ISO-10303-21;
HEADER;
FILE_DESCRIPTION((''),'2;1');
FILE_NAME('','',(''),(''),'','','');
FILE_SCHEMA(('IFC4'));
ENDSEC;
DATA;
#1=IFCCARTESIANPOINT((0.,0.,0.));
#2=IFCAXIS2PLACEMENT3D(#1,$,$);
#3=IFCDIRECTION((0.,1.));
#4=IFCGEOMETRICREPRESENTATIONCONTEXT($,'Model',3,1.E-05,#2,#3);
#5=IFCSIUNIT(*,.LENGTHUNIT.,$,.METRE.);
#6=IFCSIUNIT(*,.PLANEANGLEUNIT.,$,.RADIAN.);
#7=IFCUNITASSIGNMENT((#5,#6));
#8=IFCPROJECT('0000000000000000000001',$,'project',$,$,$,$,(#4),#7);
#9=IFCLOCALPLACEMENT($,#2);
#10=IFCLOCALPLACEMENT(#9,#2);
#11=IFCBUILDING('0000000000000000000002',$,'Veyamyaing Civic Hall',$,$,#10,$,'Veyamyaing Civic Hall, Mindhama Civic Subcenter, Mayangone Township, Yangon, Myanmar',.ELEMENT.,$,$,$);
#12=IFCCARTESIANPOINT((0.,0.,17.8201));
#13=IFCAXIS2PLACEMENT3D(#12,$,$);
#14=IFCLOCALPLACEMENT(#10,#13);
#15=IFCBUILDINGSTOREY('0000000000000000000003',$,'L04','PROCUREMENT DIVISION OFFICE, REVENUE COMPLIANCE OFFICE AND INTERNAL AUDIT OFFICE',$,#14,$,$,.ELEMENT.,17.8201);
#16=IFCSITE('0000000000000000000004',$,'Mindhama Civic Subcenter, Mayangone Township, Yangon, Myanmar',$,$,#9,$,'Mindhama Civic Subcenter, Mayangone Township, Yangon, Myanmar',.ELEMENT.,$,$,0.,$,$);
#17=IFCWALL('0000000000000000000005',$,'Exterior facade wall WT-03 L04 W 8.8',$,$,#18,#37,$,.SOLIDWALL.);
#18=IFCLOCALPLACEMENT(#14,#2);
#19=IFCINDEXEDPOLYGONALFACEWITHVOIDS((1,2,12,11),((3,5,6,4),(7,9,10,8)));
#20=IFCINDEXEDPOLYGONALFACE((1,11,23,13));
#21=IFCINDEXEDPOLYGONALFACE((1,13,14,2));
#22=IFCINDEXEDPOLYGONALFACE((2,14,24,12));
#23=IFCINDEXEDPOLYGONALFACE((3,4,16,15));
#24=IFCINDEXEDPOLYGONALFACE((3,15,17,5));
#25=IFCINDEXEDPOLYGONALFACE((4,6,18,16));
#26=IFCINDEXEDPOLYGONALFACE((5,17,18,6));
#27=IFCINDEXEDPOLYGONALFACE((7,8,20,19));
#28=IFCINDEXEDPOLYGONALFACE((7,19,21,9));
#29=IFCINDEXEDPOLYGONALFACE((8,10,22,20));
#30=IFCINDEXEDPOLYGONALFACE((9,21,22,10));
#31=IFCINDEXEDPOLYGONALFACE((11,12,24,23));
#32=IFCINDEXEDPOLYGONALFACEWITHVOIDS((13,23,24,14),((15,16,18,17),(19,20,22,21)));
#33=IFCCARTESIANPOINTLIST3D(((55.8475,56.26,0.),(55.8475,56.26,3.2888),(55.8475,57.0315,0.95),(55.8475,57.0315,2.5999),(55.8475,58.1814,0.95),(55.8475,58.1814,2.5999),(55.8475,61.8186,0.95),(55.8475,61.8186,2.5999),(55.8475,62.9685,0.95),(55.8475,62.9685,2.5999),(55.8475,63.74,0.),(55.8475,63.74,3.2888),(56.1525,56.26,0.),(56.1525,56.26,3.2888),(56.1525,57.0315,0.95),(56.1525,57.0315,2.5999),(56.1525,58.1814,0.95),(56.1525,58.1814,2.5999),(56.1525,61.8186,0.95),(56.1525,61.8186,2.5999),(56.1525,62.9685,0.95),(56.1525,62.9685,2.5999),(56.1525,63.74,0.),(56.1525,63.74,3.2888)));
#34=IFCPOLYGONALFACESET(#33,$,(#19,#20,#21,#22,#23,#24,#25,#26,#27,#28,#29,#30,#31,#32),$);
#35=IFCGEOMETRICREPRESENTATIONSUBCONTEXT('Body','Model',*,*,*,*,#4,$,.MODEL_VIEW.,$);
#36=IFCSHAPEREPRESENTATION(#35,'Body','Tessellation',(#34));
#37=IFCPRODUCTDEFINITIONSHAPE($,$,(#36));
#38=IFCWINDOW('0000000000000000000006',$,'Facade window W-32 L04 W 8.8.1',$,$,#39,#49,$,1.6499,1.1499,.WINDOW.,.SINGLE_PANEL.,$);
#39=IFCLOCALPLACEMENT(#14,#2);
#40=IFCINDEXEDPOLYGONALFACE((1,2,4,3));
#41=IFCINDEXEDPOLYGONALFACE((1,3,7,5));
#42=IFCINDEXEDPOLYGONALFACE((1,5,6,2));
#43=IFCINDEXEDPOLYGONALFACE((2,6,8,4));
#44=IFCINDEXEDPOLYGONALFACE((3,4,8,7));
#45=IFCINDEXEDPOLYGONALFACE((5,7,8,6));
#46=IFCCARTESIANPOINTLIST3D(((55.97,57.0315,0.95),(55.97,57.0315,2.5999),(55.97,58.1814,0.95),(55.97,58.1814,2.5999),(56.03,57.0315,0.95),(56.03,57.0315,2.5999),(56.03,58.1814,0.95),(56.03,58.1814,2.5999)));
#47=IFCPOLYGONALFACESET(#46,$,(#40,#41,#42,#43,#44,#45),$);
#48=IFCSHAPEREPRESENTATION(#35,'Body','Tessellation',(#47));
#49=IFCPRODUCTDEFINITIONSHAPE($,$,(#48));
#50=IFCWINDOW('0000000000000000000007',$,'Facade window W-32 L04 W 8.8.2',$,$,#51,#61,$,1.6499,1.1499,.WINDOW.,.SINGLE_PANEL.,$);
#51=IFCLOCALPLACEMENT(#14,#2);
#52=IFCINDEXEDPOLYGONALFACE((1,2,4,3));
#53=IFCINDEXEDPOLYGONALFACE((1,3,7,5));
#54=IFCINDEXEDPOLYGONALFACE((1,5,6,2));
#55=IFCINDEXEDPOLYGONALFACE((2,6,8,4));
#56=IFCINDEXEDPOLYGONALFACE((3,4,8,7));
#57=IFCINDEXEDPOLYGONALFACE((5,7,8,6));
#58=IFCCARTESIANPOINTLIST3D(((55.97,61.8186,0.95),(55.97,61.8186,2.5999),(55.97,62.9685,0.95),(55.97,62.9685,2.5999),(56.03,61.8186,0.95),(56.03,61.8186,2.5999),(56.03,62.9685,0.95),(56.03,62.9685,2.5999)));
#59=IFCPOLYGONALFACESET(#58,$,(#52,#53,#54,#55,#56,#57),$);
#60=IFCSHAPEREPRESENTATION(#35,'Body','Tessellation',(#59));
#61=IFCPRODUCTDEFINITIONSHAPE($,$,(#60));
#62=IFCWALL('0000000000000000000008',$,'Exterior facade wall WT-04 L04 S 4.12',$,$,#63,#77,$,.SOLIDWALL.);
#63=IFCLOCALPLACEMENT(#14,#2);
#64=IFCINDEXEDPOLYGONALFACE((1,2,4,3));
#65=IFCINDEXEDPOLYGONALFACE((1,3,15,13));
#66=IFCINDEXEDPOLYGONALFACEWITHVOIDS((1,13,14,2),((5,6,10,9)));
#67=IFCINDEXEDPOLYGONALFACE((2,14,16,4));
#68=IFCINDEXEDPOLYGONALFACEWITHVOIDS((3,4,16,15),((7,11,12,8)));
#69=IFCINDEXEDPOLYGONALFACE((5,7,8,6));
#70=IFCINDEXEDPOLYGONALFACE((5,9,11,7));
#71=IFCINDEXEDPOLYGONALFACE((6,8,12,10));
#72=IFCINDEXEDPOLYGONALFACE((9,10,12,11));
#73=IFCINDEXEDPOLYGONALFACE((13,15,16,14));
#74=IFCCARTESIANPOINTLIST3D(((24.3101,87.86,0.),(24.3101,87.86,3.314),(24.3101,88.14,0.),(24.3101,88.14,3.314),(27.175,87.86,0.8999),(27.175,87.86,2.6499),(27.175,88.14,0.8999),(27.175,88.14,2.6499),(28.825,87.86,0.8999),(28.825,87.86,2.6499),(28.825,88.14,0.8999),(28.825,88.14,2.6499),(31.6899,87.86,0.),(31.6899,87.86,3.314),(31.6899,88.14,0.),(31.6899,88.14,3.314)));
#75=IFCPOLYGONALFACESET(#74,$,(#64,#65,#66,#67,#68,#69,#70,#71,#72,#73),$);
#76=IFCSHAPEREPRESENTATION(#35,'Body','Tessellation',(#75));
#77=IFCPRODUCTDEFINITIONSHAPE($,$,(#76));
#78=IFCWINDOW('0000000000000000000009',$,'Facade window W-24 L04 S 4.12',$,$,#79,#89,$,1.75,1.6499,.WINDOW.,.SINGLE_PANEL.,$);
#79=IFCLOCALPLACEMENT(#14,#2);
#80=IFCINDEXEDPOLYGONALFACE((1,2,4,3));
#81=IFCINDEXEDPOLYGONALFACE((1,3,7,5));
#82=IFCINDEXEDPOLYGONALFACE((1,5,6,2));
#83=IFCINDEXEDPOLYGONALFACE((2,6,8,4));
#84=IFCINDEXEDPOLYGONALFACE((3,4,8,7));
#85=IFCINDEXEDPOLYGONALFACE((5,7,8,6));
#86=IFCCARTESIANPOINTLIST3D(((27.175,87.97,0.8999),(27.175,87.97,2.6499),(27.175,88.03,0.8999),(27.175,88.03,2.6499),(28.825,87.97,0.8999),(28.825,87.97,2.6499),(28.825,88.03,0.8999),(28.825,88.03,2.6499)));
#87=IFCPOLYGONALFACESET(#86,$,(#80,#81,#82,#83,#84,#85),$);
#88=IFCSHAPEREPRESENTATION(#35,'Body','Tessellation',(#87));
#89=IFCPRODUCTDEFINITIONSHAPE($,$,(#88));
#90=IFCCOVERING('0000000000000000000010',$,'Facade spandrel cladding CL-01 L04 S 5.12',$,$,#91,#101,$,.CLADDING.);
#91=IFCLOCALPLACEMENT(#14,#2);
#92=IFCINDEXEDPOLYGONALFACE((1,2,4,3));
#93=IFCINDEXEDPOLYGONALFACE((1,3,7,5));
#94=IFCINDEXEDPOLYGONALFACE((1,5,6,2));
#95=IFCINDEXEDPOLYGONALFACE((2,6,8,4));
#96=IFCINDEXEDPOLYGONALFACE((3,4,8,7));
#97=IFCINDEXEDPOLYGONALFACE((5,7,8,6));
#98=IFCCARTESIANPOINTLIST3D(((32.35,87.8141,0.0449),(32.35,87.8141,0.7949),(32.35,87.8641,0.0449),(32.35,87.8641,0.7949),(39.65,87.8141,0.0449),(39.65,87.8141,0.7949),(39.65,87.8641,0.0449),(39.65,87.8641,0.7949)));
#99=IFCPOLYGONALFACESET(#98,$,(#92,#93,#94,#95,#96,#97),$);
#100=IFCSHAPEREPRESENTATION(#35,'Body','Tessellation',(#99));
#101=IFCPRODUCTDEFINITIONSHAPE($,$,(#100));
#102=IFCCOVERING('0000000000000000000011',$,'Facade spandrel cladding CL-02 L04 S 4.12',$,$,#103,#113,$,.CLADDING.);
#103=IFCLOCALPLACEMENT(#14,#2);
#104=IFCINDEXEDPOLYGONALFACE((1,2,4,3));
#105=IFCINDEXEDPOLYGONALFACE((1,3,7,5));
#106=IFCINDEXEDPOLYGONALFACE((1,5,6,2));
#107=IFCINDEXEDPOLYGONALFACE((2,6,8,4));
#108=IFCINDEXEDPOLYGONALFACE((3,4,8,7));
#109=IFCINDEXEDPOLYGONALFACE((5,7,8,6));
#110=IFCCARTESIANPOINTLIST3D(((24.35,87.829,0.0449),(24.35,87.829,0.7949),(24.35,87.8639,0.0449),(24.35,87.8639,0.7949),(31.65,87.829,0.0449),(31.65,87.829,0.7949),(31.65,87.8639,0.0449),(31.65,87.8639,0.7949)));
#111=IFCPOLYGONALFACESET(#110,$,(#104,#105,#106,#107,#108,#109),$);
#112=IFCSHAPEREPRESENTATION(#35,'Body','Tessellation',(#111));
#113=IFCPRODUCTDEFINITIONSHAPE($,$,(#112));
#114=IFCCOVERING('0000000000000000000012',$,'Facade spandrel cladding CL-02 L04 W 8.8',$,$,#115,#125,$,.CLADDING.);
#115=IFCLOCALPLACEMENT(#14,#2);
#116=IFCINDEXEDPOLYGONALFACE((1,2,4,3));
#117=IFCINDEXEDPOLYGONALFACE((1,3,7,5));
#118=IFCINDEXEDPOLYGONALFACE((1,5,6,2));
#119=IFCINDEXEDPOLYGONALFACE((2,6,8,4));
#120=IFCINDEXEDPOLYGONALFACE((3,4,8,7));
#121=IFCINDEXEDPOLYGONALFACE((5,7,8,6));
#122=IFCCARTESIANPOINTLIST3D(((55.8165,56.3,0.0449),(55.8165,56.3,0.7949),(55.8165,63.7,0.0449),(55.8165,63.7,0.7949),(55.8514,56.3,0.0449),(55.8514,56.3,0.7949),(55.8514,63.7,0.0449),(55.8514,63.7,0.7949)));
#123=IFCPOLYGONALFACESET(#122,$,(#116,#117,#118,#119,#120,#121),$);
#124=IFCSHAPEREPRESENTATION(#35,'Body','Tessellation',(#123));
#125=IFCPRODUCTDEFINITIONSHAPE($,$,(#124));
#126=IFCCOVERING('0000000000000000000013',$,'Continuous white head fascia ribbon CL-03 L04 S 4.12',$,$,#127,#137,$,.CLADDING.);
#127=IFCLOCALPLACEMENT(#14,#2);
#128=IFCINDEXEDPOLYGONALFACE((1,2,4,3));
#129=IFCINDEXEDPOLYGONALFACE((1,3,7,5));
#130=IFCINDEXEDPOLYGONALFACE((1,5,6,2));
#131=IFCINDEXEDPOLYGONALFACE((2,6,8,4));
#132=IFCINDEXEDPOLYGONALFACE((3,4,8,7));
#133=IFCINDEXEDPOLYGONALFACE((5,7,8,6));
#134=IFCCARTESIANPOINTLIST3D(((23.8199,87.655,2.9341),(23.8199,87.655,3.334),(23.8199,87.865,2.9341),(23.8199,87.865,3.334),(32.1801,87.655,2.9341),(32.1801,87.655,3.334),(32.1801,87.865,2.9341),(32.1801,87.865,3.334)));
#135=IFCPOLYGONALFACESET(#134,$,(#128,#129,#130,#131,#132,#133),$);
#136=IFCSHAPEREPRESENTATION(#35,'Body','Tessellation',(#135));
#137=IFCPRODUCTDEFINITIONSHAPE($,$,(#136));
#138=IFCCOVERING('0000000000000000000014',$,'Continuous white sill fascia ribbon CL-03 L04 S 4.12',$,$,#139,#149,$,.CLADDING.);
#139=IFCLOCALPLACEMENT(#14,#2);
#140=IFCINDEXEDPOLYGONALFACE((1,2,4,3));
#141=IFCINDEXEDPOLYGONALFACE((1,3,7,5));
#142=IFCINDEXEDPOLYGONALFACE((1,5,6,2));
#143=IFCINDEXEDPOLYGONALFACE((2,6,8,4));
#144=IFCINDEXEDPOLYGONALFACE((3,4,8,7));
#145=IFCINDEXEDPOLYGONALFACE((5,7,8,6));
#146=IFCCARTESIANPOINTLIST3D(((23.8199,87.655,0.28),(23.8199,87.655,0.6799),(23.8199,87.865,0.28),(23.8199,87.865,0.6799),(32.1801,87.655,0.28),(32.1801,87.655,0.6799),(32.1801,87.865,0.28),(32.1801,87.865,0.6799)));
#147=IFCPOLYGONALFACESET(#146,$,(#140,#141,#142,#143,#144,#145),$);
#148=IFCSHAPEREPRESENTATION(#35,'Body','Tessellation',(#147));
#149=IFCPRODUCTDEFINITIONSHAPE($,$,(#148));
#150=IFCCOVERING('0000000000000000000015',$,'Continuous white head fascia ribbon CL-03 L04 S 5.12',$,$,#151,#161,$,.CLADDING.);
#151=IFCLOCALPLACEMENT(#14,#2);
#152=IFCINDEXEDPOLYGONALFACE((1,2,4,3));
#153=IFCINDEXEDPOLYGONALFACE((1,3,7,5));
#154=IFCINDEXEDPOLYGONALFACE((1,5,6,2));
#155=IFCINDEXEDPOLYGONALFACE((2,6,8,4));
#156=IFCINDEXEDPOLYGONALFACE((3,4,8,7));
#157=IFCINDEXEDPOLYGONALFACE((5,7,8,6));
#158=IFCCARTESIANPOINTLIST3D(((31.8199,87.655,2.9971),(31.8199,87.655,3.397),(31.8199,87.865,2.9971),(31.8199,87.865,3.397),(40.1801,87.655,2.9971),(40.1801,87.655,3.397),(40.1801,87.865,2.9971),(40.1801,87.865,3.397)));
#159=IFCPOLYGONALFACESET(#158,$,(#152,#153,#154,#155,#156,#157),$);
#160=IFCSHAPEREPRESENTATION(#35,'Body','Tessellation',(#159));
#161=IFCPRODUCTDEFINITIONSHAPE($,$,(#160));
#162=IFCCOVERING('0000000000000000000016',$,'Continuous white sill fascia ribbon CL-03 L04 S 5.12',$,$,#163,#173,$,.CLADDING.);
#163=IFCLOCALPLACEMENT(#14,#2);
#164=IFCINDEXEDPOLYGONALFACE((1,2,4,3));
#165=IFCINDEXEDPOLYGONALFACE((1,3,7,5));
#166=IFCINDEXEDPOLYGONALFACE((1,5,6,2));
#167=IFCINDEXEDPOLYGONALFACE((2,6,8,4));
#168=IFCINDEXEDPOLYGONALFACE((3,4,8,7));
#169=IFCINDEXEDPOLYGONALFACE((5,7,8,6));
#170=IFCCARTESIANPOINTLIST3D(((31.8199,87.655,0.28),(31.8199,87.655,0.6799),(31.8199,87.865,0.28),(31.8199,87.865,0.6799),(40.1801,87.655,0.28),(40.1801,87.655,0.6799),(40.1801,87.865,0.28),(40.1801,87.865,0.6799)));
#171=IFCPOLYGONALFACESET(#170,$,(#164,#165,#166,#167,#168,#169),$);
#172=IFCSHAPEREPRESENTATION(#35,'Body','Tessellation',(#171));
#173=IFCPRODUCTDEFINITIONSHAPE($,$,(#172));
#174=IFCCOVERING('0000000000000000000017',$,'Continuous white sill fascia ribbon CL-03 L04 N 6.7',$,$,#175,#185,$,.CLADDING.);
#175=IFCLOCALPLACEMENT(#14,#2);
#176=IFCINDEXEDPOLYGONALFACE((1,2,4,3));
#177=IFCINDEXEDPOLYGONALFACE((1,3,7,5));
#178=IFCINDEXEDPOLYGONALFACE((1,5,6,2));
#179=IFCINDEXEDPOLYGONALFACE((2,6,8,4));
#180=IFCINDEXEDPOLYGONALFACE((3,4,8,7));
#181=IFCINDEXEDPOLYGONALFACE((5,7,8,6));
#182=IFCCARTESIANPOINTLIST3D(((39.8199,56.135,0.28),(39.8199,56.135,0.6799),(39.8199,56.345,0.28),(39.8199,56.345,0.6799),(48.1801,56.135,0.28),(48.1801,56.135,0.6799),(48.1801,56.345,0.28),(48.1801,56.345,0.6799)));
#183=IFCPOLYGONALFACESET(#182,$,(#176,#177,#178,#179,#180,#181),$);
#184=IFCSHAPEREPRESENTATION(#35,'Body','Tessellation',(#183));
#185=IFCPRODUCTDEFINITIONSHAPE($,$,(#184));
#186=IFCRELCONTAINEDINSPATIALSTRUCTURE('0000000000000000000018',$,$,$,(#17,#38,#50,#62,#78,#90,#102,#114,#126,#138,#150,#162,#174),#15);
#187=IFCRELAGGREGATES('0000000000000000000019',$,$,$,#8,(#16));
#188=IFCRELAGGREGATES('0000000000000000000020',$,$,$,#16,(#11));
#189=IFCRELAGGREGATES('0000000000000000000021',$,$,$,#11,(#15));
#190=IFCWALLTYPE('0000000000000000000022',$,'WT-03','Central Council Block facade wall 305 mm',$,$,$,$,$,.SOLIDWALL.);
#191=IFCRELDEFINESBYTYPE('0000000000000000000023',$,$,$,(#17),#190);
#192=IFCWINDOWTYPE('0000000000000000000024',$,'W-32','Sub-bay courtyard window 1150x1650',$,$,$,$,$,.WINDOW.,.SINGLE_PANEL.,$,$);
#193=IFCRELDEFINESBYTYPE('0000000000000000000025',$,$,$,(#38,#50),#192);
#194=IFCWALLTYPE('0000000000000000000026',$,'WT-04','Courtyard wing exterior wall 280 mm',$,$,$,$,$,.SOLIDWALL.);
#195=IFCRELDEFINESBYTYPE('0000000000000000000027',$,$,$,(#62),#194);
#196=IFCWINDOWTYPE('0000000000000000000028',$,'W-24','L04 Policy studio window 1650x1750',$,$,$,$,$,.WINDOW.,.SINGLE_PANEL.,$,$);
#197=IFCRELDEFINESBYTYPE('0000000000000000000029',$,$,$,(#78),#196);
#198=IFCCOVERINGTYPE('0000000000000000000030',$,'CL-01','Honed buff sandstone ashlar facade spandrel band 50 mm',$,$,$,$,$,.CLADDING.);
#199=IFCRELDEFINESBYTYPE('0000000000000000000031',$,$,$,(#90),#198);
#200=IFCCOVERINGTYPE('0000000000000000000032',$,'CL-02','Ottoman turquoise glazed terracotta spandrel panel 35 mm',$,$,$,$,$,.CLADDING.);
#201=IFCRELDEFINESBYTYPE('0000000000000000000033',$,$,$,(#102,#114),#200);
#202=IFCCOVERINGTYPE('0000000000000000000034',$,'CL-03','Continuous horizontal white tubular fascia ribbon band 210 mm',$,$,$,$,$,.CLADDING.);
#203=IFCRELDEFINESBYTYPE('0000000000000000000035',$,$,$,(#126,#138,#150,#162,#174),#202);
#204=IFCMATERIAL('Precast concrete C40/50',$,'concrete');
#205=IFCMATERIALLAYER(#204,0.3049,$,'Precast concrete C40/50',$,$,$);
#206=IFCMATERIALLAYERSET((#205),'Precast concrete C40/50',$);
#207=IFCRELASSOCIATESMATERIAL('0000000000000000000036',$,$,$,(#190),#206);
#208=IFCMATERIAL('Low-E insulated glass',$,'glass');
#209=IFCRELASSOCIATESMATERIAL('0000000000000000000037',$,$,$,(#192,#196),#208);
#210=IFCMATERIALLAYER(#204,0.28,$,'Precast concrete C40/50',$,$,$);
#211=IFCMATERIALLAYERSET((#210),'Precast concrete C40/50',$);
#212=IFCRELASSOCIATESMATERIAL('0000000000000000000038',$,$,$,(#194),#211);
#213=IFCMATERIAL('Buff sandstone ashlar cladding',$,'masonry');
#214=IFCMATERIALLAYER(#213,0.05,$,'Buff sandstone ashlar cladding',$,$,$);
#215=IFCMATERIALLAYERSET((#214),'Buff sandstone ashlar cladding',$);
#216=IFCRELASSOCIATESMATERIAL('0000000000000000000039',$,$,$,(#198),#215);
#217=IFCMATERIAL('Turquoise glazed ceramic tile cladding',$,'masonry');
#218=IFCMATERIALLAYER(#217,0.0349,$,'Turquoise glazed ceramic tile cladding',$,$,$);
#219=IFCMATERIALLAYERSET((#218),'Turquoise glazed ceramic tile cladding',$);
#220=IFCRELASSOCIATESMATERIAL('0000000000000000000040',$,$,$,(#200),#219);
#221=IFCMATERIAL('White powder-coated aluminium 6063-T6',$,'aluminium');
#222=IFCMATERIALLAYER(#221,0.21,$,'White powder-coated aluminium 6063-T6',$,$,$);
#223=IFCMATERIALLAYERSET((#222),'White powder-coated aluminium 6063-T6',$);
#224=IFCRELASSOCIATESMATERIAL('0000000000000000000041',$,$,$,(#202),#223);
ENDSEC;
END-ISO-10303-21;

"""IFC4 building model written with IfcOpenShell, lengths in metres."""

from ifc_helpers import new_model, si_unit, direction, frame, frame_2d, origin, origin_2d, place, context, subcontext, project, spatial, rectangle, extrude, material, layer, layer_set, type_object, element, fill, save


model = new_model("IFC4")

# Units and contexts
model_context = context("Model", 3, precision=1e-05, world=origin(), true_north=direction((0.0, 1.0)))
body_context = subcontext(model_context, "Body", "Model", "MODEL_VIEW")
ifc_project = project(units=[si_unit("LENGTHUNIT", "METRE"), si_unit("PLANEANGLEUNIT", "RADIAN")], contexts=[model_context])

# Site, building, storey
site_placement = place(None, origin())
site = spatial("IfcSite", under=ifc_project, at=site_placement, Name="Mindhama Civic Subcenter, Mayangone Township, Yangon, Myanmar", LongName="Mindhama Civic Subcenter, Mayangone Township, Yangon, Myanmar", CompositionType="ELEMENT", RefElevation=0.0)
building_placement = place(site_placement, origin())
building = spatial("IfcBuilding", under=site, at=building_placement, Name="Veyamyaing Civic Hall", LongName="Veyamyaing Civic Hall, Mindhama Civic Subcenter, Mayangone Township, Yangon, Myanmar", CompositionType="ELEMENT")
storey_placement = place(building_placement, frame((0.0, 0.0, 17.8201)))
storey = spatial("IfcBuildingStorey", under=building, at=storey_placement, Name="L04", Description="PROCUREMENT DIVISION OFFICE, REVENUE COMPLIANCE OFFICE AND INTERNAL AUDIT OFFICE", CompositionType="ELEMENT", Elevation=17.8201)

# Wall, openings, windows
ifc_material_1 = material(Name="Precast concrete C40/50", Category="concrete")
ifc_layer_1 = layer(ifc_material_1, 0.3049, Name="Precast concrete C40/50")
ifc_layer_set_1 = layer_set([ifc_layer_1], Name="Precast concrete C40/50")
wall_type_1 = type_object("IfcWallType", Name="WT-03", Description="Central Council Block facade wall 305 mm", PredefinedType="SOLIDWALL", material=ifc_layer_set_1)
wall_1_placement = place(storey_placement, frame((56.0, 56.26, 0.0), z_axis=(0.0, 0.0, 1.0), x_axis=(0.0, 1.0, 0.0)))
wall_1 = element("IfcWall", 1, at=wall_1_placement, inside=storey, type_object=wall_type_1, Name="Exterior facade wall WT-03 L04 W 8.8", PredefinedType="SOLIDWALL", context=body_context, shape_type="SweptSolid", body=[
    extrude(rectangle(XDim=7.48, YDim=0.3049, at=frame_2d((3.74, 0.0))), origin(), (0.0, 0.0, 1.0), 3.2888),
])
opening_1_placement = place(wall_1_placement, frame((0.7715, 0.0, 0.95)))
opening_1 = element("IfcOpeningElement", 2, at=opening_1_placement, cuts=wall_1, PredefinedType="OPENING", context=body_context, shape_type="SweptSolid", body=[
    extrude(rectangle(XDim=1.1499, YDim=1.6499, at=frame_2d((0.575, 0.825))), frame((0.0, 0.1624, 0.0), z_axis=(0.0, -1.0, 0.0), x_axis=(1.0, 0.0, 0.0)), (0.0, 0.0, 1.0), 0.325),
])
opening_2_placement = place(wall_1_placement, frame((5.5586, 0.0, 0.95)))
opening_2 = element("IfcOpeningElement", 3, at=opening_2_placement, cuts=wall_1, PredefinedType="OPENING", context=body_context, shape_type="SweptSolid", body=[
    extrude(rectangle(XDim=1.1499, YDim=1.6499, at=frame_2d((0.575, 0.825))), frame((0.0, 0.1624, 0.0), z_axis=(0.0, -1.0, 0.0), x_axis=(1.0, 0.0, 0.0)), (0.0, 0.0, 1.0), 0.325),
])
ifc_material_2 = material(Name="Low-E insulated glass", Category="glass")
window_type_1 = type_object("IfcWindowType", Name="W-32", Description="Sub-bay courtyard window 1150x1650", PartitioningType="SINGLE_PANEL", PredefinedType="WINDOW", material=ifc_material_2)
window_1_placement = place(opening_1_placement, origin())
window_1 = element("IfcWindow", 4, at=window_1_placement, inside=storey, type_object=window_type_1, Name="Facade window W-32 L04 W 8.8.1", OverallHeight=1.6499, OverallWidth=1.1499, PartitioningType="SINGLE_PANEL", PredefinedType="WINDOW", context=body_context, shape_type="SweptSolid", body=[
    extrude(rectangle(XDim=1.1499, YDim=1.6499, at=frame_2d((0.575, 0.825))), frame((0.0, 0.03, 0.0), z_axis=(0.0, -1.0, 0.0), x_axis=(1.0, 0.0, 0.0)), (0.0, 0.0, 1.0), 0.0601),
])
fill(opening_1, window_1)
window_2_placement = place(opening_2_placement, origin())
window_2 = element("IfcWindow", 5, at=window_2_placement, inside=storey, type_object=window_type_1, Name="Facade window W-32 L04 W 8.8.2", OverallHeight=1.6499, OverallWidth=1.1499, PartitioningType="SINGLE_PANEL", PredefinedType="WINDOW", context=body_context, shape_type="SweptSolid", body=[
    extrude(rectangle(XDim=1.1499, YDim=1.6499, at=frame_2d((0.575, 0.825))), frame((0.0, 0.03, 0.0), z_axis=(0.0, -1.0, 0.0), x_axis=(1.0, 0.0, 0.0)), (0.0, 0.0, 1.0), 0.0601),
])
fill(opening_2, window_2)

# Wall, opening, window
ifc_layer_2 = layer(ifc_material_1, 0.28, Name="Precast concrete C40/50")
ifc_layer_set_2 = layer_set([ifc_layer_2], Name="Precast concrete C40/50")
wall_type_2 = type_object("IfcWallType", Name="WT-04", Description="Courtyard wing exterior wall 280 mm", PredefinedType="SOLIDWALL", material=ifc_layer_set_2)
wall_2_placement = place(storey_placement, frame((24.3101, 88.0, 0.0), z_axis=(0.0, 0.0, 1.0), x_axis=(1.0, 0.0, 0.0)))
wall_2 = element("IfcWall", 6, at=wall_2_placement, inside=storey, type_object=wall_type_2, Name="Exterior facade wall WT-04 L04 S 4.12", PredefinedType="SOLIDWALL", context=body_context, shape_type="SweptSolid", body=[
    extrude(rectangle(XDim=7.3799, YDim=0.28, at=frame_2d((3.6899, 0.0))), origin(), (0.0, 0.0, 1.0), 3.314),
])
opening_3_placement = place(wall_2_placement, frame((2.865, 0.0, 0.8999)))
opening_3 = element("IfcOpeningElement", 7, at=opening_3_placement, cuts=wall_2, PredefinedType="OPENING", context=body_context, shape_type="SweptSolid", body=[
    extrude(rectangle(XDim=1.6499, YDim=1.75, at=frame_2d((0.825, 0.875))), frame((0.0, 0.1499, 0.0), z_axis=(0.0, -1.0, 0.0), x_axis=(1.0, 0.0, 0.0)), (0.0, 0.0, 1.0), 0.3),
])
window_type_2 = type_object("IfcWindowType", Name="W-24", Description="L04 Policy studio window 1650x1750", PartitioningType="SINGLE_PANEL", PredefinedType="WINDOW", material=ifc_material_2)
window_3_placement = place(opening_3_placement, origin())
window_3 = element("IfcWindow", 8, at=window_3_placement, inside=storey, type_object=window_type_2, Name="Facade window W-24 L04 S 4.12", OverallHeight=1.75, OverallWidth=1.6499, PartitioningType="SINGLE_PANEL", PredefinedType="WINDOW", context=body_context, shape_type="SweptSolid", body=[
    extrude(rectangle(XDim=1.6499, YDim=1.75, at=frame_2d((0.825, 0.875))), frame((0.0, 0.03, 0.0), z_axis=(0.0, -1.0, 0.0), x_axis=(1.0, 0.0, 0.0)), (0.0, 0.0, 1.0), 0.0601),
])
fill(opening_3, window_3)

# Coverings
ifc_material_3 = material(Name="Buff sandstone ashlar cladding", Category="masonry")
ifc_layer_3 = layer(ifc_material_3, 0.05, Name="Buff sandstone ashlar cladding")
ifc_layer_set_3 = layer_set([ifc_layer_3], Name="Buff sandstone ashlar cladding")
covering_type_1 = type_object("IfcCoveringType", Name="CL-01", Description="Honed buff sandstone ashlar facade spandrel band 50 mm", PredefinedType="CLADDING", material=ifc_layer_set_3)
covering_1_placement = place(storey_placement, frame((36.0, 87.8391, 0.0449), z_axis=(0.0, 0.0, 1.0), x_axis=(1.0, 0.0, 0.0)))
element("IfcCovering", 9, at=covering_1_placement, inside=storey, type_object=covering_type_1, Name="Facade spandrel cladding CL-01 L04 S 5.12", PredefinedType="CLADDING", context=body_context, shape_type="SweptSolid", body=[
    extrude(rectangle(XDim=7.3, YDim=0.05, at=origin_2d()), origin(), (0.0, 0.0, 1.0), 0.75),
])
ifc_material_4 = material(Name="Turquoise glazed ceramic tile cladding", Category="masonry")
ifc_layer_4 = layer(ifc_material_4, 0.0349, Name="Turquoise glazed ceramic tile cladding")
ifc_layer_set_4 = layer_set([ifc_layer_4], Name="Turquoise glazed ceramic tile cladding")
covering_type_2 = type_object("IfcCoveringType", Name="CL-02", Description="Ottoman turquoise glazed terracotta spandrel panel 35 mm", PredefinedType="CLADDING", material=ifc_layer_set_4)
covering_2_placement = place(storey_placement, frame((28.0, 87.8464, 0.0449), z_axis=(0.0, 0.0, 1.0), x_axis=(1.0, 0.0, 0.0)))
element("IfcCovering", 10, at=covering_2_placement, inside=storey, type_object=covering_type_2, Name="Facade spandrel cladding CL-02 L04 S 4.12", PredefinedType="CLADDING", context=body_context, shape_type="SweptSolid", body=[
    extrude(rectangle(XDim=7.3, YDim=0.0349, at=origin_2d()), origin(), (0.0, 0.0, 1.0), 0.75),
])
covering_3_placement = place(storey_placement, frame((55.834, 60.0, 0.0449), z_axis=(0.0, 0.0, 1.0), x_axis=(0.0, 1.0, 0.0)))
element("IfcCovering", 11, at=covering_3_placement, inside=storey, type_object=covering_type_2, Name="Facade spandrel cladding CL-02 L04 W 8.8", PredefinedType="CLADDING", context=body_context, shape_type="SweptSolid", body=[
    extrude(rectangle(XDim=7.3999, YDim=0.0349, at=origin_2d()), origin(), (0.0, 0.0, 1.0), 0.75),
])
ifc_material_5 = material(Name="White powder-coated aluminium 6063-T6", Category="aluminium")
ifc_layer_5 = layer(ifc_material_5, 0.21, Name="White powder-coated aluminium 6063-T6")
ifc_layer_set_5 = layer_set([ifc_layer_5], Name="White powder-coated aluminium 6063-T6")
covering_type_3 = type_object("IfcCoveringType", Name="CL-03", Description="Continuous horizontal white tubular fascia ribbon band 210 mm", PredefinedType="CLADDING", material=ifc_layer_set_5)
for number, where, z_axis, x_axis, name in (
    (12, (28.0, 87.76, 2.9341), (0.0, 0.0, 1.0), (1.0, 0.0, 0.0), "Continuous white head fascia ribbon CL-03 L04 S 4.12"),
    (13, (28.0, 87.76, 0.28), (0.0, 0.0, 1.0), (1.0, 0.0, 0.0), "Continuous white sill fascia ribbon CL-03 L04 S 4.12"),
    (14, (36.0, 87.76, 2.9971), (0.0, 0.0, 1.0), (1.0, 0.0, 0.0), "Continuous white head fascia ribbon CL-03 L04 S 5.12"),
    (15, (36.0, 87.76, 0.28), (0.0, 0.0, 1.0), (1.0, 0.0, 0.0), "Continuous white sill fascia ribbon CL-03 L04 S 5.12"),
    (16, (44.0, 56.24, 0.28), (0.0, 0.0, 1.0), (1.0, 0.0, 0.0), "Continuous white sill fascia ribbon CL-03 L04 N 6.7"),
):
    element("IfcCovering", number, at=place(storey_placement, frame(where, z_axis=z_axis, x_axis=x_axis)), inside=storey, type_object=covering_type_3, Name=name, PredefinedType="CLADDING", context=body_context, shape_type="SweptSolid", body=[
        extrude(rectangle(XDim=8.3601, YDim=0.21, at=origin_2d()), origin(), (0.0, 0.0, 1.0), 0.3999),
    ])

save(model, "model.ifc")
